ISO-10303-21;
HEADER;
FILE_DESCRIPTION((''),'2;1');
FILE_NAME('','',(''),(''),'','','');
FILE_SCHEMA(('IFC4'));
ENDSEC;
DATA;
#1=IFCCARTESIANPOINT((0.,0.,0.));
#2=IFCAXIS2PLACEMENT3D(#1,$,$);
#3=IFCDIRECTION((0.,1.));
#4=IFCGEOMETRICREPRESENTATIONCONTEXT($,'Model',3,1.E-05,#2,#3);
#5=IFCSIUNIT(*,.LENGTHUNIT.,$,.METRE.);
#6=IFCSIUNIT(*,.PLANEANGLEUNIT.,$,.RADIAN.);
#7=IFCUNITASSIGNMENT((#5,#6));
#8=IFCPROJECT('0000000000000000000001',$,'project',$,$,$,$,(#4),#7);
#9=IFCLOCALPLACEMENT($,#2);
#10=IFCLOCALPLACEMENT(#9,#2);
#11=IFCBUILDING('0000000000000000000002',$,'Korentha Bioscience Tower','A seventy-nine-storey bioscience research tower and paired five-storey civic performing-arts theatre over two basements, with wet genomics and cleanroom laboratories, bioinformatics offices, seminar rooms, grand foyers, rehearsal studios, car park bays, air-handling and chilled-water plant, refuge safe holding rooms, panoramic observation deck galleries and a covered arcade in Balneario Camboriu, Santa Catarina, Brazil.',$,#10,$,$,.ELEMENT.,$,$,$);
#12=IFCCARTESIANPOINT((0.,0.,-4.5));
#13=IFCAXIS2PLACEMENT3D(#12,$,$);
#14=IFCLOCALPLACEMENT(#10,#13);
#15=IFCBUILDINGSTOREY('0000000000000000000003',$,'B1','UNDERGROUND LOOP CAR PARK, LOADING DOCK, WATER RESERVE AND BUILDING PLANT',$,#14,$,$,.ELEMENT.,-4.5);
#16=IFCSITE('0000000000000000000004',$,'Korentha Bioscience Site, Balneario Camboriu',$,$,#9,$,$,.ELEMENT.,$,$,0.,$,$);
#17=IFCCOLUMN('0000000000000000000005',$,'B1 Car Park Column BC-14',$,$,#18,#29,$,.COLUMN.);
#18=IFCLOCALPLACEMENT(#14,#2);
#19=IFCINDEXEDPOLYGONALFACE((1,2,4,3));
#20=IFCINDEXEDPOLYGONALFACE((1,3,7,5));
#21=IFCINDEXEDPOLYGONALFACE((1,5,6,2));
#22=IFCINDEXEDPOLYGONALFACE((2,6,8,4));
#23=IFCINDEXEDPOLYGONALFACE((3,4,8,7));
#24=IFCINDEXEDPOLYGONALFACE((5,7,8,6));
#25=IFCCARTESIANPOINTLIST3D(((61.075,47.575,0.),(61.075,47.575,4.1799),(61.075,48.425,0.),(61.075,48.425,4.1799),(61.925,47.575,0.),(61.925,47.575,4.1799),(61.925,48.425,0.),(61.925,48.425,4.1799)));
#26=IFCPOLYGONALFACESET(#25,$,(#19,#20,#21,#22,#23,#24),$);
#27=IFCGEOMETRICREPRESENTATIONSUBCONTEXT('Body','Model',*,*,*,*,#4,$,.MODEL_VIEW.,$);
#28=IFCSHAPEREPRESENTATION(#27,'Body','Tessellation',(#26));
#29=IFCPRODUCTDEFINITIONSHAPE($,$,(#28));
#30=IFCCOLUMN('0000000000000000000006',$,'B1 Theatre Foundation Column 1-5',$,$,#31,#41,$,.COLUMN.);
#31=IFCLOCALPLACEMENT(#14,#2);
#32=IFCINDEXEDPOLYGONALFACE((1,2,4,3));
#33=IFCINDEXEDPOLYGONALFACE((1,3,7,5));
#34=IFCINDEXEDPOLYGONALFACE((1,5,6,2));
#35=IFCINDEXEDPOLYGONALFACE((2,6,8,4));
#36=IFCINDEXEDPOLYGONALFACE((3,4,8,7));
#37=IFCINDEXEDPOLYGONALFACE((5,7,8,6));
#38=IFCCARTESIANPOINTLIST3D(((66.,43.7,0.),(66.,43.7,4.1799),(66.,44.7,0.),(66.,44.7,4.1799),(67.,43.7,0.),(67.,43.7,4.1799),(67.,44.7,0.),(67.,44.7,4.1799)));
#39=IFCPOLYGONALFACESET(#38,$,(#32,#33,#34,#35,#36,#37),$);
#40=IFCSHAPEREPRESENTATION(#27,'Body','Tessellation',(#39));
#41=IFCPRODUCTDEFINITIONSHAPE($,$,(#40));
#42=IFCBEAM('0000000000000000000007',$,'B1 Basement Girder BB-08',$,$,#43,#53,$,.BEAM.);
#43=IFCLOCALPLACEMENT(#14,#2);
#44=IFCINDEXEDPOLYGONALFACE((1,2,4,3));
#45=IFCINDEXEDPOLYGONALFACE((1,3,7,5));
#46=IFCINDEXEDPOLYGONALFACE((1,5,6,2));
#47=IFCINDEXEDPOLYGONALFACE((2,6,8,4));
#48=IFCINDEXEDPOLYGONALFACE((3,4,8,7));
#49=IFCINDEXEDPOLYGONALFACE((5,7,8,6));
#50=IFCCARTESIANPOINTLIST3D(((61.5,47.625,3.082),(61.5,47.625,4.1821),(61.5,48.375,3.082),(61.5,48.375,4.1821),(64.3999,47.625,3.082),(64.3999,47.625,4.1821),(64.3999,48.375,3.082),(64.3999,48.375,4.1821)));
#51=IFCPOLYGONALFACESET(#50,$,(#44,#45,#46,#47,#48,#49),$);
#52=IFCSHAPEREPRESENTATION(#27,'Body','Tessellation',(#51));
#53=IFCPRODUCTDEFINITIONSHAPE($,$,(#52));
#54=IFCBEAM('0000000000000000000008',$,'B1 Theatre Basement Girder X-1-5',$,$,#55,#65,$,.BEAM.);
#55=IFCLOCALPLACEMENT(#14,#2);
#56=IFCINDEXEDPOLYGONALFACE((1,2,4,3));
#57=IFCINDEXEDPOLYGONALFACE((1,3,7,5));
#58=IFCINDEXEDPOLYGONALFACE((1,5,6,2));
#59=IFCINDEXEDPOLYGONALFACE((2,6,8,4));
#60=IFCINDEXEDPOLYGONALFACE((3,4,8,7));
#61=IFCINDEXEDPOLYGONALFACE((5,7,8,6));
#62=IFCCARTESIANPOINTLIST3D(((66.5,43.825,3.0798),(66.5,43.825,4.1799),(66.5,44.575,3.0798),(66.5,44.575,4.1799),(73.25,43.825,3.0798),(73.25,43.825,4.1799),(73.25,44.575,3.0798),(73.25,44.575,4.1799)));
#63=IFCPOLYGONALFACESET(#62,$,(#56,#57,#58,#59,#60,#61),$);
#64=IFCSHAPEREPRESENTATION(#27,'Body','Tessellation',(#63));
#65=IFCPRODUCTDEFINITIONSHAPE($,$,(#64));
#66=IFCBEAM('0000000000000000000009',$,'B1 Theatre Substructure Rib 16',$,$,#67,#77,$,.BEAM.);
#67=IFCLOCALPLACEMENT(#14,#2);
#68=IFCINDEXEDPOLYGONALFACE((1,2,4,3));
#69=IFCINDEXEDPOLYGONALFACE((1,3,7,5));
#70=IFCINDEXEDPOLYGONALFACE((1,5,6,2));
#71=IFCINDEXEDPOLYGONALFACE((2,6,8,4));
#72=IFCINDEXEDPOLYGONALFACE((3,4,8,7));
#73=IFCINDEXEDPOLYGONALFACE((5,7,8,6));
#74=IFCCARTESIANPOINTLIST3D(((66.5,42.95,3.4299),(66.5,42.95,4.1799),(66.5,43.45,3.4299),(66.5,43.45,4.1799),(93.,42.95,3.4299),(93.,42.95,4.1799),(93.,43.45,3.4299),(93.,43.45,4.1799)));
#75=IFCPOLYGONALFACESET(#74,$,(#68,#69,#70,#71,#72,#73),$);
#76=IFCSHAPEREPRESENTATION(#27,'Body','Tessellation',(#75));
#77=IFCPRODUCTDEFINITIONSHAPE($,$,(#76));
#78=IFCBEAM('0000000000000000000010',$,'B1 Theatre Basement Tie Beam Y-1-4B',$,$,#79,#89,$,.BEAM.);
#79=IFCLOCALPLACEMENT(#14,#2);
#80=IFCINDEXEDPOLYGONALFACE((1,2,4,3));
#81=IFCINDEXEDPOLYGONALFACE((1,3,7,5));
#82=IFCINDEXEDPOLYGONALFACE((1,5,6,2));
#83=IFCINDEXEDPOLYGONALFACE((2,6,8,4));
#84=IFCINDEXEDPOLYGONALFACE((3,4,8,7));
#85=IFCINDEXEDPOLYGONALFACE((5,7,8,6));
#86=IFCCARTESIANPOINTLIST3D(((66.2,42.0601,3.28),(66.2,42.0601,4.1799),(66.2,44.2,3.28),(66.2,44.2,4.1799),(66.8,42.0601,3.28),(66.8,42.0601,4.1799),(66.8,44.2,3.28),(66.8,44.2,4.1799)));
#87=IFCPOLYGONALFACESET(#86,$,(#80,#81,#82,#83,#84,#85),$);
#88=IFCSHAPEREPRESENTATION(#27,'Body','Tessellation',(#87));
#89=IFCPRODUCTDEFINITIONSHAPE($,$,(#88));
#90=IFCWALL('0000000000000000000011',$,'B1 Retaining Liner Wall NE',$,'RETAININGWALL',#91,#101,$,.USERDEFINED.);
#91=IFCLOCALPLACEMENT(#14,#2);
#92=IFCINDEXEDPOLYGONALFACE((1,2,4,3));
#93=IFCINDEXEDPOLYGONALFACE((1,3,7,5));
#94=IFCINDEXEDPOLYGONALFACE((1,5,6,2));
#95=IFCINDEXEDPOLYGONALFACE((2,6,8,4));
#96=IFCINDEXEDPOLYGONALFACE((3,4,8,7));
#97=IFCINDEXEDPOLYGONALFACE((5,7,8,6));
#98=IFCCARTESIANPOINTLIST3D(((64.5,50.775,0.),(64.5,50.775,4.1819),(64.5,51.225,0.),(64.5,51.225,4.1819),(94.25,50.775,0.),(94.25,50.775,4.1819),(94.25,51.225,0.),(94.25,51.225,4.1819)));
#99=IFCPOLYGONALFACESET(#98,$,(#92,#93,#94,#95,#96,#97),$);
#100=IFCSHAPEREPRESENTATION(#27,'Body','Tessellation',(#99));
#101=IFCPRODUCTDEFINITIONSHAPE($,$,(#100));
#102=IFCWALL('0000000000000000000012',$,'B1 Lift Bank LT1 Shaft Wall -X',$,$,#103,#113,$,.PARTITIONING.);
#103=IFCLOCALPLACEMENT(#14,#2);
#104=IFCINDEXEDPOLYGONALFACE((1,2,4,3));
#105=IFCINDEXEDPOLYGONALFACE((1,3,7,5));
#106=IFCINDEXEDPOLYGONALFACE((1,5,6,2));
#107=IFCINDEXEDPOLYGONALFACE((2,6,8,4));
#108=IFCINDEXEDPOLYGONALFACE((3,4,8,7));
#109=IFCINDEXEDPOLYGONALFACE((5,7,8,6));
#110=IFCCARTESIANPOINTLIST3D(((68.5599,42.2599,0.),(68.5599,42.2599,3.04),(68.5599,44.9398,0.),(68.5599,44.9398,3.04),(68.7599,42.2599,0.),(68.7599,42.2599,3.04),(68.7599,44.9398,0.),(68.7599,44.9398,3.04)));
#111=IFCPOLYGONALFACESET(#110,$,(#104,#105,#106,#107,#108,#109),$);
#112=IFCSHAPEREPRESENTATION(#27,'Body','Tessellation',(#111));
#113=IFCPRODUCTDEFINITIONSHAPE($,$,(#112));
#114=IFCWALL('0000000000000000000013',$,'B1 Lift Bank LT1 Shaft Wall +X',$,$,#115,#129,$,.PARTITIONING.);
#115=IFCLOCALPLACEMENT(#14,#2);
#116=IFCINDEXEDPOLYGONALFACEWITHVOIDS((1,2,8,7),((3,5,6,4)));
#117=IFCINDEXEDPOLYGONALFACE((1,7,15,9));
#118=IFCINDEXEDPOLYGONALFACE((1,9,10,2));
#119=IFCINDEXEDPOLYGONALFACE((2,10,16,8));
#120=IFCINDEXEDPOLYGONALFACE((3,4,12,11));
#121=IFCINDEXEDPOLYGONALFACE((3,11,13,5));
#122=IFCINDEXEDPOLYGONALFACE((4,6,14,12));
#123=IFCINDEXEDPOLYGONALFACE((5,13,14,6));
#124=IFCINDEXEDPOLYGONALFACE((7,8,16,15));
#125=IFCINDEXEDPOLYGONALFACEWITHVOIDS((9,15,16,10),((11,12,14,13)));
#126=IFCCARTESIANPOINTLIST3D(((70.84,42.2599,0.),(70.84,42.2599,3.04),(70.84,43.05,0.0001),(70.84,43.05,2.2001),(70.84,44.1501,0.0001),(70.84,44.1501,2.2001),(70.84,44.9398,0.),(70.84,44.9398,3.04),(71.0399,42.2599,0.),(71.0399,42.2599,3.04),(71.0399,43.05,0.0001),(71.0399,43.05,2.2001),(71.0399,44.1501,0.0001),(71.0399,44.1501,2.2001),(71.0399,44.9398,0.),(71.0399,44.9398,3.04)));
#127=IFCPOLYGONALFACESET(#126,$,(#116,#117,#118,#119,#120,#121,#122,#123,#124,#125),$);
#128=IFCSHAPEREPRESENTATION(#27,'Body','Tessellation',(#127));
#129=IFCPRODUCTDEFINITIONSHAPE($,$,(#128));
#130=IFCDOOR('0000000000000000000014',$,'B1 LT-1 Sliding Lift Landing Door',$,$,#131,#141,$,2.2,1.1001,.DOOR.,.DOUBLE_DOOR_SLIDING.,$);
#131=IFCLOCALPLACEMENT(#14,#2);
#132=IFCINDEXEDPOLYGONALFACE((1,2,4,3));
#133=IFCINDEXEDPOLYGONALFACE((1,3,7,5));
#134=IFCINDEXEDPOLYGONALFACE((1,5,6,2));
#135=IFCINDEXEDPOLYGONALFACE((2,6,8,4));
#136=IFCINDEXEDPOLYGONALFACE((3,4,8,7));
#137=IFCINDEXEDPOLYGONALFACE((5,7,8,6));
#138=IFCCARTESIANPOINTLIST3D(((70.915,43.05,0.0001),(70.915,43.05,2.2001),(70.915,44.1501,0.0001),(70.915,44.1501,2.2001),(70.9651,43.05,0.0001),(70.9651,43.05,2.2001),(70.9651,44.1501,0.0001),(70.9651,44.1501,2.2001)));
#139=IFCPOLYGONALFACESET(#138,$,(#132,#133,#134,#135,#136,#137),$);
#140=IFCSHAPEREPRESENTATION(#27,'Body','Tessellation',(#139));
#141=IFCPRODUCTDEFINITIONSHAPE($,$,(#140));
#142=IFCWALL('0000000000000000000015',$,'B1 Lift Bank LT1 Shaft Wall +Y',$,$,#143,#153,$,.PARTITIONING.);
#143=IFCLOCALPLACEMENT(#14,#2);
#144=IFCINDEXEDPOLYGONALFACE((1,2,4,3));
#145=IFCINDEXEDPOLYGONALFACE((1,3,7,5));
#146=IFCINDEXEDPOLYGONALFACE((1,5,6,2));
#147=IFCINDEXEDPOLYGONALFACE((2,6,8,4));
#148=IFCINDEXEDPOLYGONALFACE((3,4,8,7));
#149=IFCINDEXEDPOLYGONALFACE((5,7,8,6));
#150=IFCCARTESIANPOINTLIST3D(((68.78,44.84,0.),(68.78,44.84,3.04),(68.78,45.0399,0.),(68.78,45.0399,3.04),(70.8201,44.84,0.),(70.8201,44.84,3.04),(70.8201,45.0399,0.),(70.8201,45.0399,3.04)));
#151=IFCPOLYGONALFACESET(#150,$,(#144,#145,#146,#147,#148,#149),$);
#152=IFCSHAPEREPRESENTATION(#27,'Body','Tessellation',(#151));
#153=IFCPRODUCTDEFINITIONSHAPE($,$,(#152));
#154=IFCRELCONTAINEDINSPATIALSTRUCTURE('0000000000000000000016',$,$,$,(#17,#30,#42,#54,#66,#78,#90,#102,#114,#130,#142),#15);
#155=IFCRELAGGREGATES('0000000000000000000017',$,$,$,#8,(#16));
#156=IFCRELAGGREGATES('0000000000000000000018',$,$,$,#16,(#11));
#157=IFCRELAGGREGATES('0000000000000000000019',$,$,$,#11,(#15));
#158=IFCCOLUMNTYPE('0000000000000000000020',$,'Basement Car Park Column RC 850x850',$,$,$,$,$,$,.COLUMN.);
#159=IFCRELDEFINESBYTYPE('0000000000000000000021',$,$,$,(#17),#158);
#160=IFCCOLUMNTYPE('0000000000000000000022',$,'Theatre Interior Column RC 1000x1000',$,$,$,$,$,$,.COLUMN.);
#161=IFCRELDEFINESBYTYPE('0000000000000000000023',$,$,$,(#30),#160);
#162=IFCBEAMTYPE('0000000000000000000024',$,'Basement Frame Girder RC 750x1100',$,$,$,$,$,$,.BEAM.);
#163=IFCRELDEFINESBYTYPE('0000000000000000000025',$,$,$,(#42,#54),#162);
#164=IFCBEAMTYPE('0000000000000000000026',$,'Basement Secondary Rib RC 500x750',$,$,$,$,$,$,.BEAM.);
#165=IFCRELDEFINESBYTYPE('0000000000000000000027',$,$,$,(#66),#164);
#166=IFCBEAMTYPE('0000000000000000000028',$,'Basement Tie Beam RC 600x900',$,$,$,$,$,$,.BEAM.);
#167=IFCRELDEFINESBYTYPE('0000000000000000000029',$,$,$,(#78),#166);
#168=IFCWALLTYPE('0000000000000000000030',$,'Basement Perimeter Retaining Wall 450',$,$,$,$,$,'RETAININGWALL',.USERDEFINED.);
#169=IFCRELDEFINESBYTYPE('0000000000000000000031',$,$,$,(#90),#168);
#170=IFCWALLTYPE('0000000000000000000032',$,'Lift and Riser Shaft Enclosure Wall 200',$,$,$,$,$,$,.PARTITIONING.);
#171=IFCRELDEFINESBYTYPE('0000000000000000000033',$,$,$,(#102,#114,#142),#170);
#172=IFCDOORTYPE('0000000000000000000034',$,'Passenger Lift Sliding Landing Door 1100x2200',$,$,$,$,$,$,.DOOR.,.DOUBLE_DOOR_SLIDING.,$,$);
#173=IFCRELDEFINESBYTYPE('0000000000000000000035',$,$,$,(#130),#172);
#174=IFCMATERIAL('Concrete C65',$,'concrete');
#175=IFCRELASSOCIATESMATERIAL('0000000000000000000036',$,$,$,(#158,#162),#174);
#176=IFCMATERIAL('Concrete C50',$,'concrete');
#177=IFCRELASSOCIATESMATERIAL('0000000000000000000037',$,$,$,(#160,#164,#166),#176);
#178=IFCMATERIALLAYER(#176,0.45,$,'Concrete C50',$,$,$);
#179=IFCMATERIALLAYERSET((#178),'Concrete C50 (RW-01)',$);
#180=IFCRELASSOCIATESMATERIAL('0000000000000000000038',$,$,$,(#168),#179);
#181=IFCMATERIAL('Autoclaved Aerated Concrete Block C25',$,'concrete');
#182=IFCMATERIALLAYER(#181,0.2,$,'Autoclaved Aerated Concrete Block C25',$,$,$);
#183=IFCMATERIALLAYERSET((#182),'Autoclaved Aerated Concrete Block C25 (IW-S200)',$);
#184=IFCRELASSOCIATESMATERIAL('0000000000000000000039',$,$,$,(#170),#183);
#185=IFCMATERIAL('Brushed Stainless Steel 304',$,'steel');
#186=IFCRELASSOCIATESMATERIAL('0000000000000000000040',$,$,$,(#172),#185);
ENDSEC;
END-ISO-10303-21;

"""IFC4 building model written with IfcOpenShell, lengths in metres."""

from ifc_helpers import new_model, si_unit, direction, frame, frame_2d, origin, origin_2d, place, context, subcontext, project, spatial, rectangle, extrude, material, layer, layer_set, material_profile, profile_set, type_object, element, fill, save


model = new_model("IFC4")

# Units and contexts
model_context = context("Model", 3, precision=1e-05, world=origin(), true_north=direction((0.0, 1.0)))
body_context = subcontext(model_context, "Body", "Model", "MODEL_VIEW")
ifc_project = project(units=[si_unit("LENGTHUNIT", "METRE"), si_unit("PLANEANGLEUNIT", "RADIAN")], contexts=[model_context])

# Site, building, storey
site_placement = place(None, origin())
site = spatial("IfcSite", under=ifc_project, at=site_placement, Name="Korentha Bioscience Site, Balneario Camboriu", CompositionType="ELEMENT", RefElevation=0.0)
building_placement = place(site_placement, origin())
building = spatial("IfcBuilding", under=site, at=building_placement, Name="Korentha Bioscience Tower", Description="A seventy-nine-storey bioscience research tower and paired five-storey civic performing-arts theatre over two basements, with wet genomics and cleanroom laboratories, bioinformatics offices, seminar rooms, grand foyers, rehearsal studios, car park bays, air-handling and chilled-water plant, refuge safe holding rooms, panoramic observation deck galleries and a covered arcade in Balneario Camboriu, Santa Catarina, Brazil.", CompositionType="ELEMENT")
storey_placement = place(building_placement, frame((0.0, 0.0, -4.5)))
storey = spatial("IfcBuildingStorey", under=building, at=storey_placement, Name="B1", Description="UNDERGROUND LOOP CAR PARK, LOADING DOCK, WATER RESERVE AND BUILDING PLANT", CompositionType="ELEMENT", Elevation=-4.5)

# Columns
ifc_material_1 = material(Name="Concrete C65", Category="concrete")
ifc_material_profile_1 = material_profile(ifc_material_1, rectangle(XDim=0.8501, YDim=0.8501, at=origin_2d()), Name="Concrete C65")
ifc_profile_set_1 = profile_set([ifc_material_profile_1], Name="Concrete C65 (BC-01)")
column_type_1 = type_object("IfcColumnType", Name="Basement Car Park Column RC 850x850", PredefinedType="COLUMN", material=ifc_profile_set_1)
column_1_placement = place(storey_placement, frame((61.5, 48.0, 0.0), z_axis=(0.0, 0.0, 1.0), x_axis=(1.0, 0.0, 0.0)))
element("IfcColumn", 1, at=column_1_placement, inside=storey, type_object=column_type_1, Name="B1 Car Park Column BC-14", PredefinedType="COLUMN", context=body_context, shape_type="SweptSolid", body=[
    extrude(rectangle(XDim=0.8501, YDim=0.8501, at=origin_2d()), origin(), (0.0, 0.0, 1.0), 4.1799),
])
ifc_material_2 = material(Name="Concrete C50", Category="concrete")
ifc_material_profile_2 = material_profile(ifc_material_2, rectangle(XDim=1.0, YDim=1.0, at=origin_2d()), Name="Concrete C50")
ifc_profile_set_2 = profile_set([ifc_material_profile_2], Name="Concrete C50 (TC-I01)")
column_type_2 = type_object("IfcColumnType", Name="Theatre Interior Column RC 1000x1000", PredefinedType="COLUMN", material=ifc_profile_set_2)
column_2_placement = place(storey_placement, frame((66.5, 44.2, 0.0), z_axis=(0.0, 0.0, 1.0), x_axis=(1.0, 0.0, 0.0)))
element("IfcColumn", 2, at=column_2_placement, inside=storey, type_object=column_type_2, Name="B1 Theatre Foundation Column 1-5", PredefinedType="COLUMN", context=body_context, shape_type="SweptSolid", body=[
    extrude(rectangle(XDim=1.0, YDim=1.0, at=origin_2d()), origin(), (0.0, 0.0, 1.0), 4.1799),
])

# Beams
ifc_material_profile_3 = material_profile(ifc_material_1, rectangle(XDim=0.75, YDim=1.1001, at=origin_2d()), Name="Concrete C65")
ifc_profile_set_3 = profile_set([ifc_material_profile_3], Name="Concrete C65 (BB-750)")
beam_type_1 = type_object("IfcBeamType", Name="Basement Frame Girder RC 750x1100", PredefinedType="BEAM", material=ifc_profile_set_3)
beam_1_placement = place(storey_placement, frame((61.5, 48.0, 3.6321), z_axis=(1.0, 0.0, 0.0), x_axis=(0.0, 1.0, 0.0)))
element("IfcBeam", 3, at=beam_1_placement, inside=storey, type_object=beam_type_1, Name="B1 Basement Girder BB-08", PredefinedType="BEAM", context=body_context, shape_type="SweptSolid", body=[
    extrude(rectangle(XDim=0.75, YDim=1.1001, at=origin_2d()), origin(), (0.0, 0.0, 1.0), 2.8999),
])
beam_2_placement = place(storey_placement, frame((66.5, 44.2, 3.6299), z_axis=(1.0, 0.0, 0.0), x_axis=(0.0, 1.0, 0.0)))
element("IfcBeam", 4, at=beam_2_placement, inside=storey, type_object=beam_type_1, Name="B1 Theatre Basement Girder X-1-5", PredefinedType="BEAM", context=body_context, shape_type="SweptSolid", body=[
    extrude(rectangle(XDim=0.75, YDim=1.1001, at=origin_2d()), origin(), (0.0, 0.0, 1.0), 6.75),
])
ifc_material_profile_4 = material_profile(ifc_material_2, rectangle(XDim=0.5, YDim=0.75, at=origin_2d()), Name="Concrete C50")
ifc_profile_set_4 = profile_set([ifc_material_profile_4], Name="Concrete C50 (BB-500)")
beam_type_2 = type_object("IfcBeamType", Name="Basement Secondary Rib RC 500x750", PredefinedType="BEAM", material=ifc_profile_set_4)
beam_3_placement = place(storey_placement, frame((66.5, 43.2, 3.8049), z_axis=(1.0, 0.0, 0.0), x_axis=(0.0, 1.0, 0.0)))
element("IfcBeam", 5, at=beam_3_placement, inside=storey, type_object=beam_type_2, Name="B1 Theatre Substructure Rib 16", PredefinedType="BEAM", context=body_context, shape_type="SweptSolid", body=[
    extrude(rectangle(XDim=0.5, YDim=0.75, at=origin_2d()), origin(), (0.0, 0.0, 1.0), 26.5),
])
ifc_material_profile_5 = material_profile(ifc_material_2, rectangle(XDim=0.6001, YDim=0.8999, at=origin_2d()), Name="Concrete C50")
ifc_profile_set_5 = profile_set([ifc_material_profile_5], Name="Concrete C50 (BB-600)")
beam_type_3 = type_object("IfcBeamType", Name="Basement Tie Beam RC 600x900", PredefinedType="BEAM", material=ifc_profile_set_5)
beam_4_placement = place(storey_placement, frame((66.5, 42.0601, 3.73), z_axis=(0.0, 1.0, 0.0), x_axis=(-1.0, 0.0, 0.0)))
element("IfcBeam", 6, at=beam_4_placement, inside=storey, type_object=beam_type_3, Name="B1 Theatre Basement Tie Beam Y-1-4B", PredefinedType="BEAM", context=body_context, shape_type="SweptSolid", body=[
    extrude(rectangle(XDim=0.6001, YDim=0.8999, at=origin_2d()), origin(), (0.0, 0.0, 1.0), 2.1399),
])

# Walls
ifc_layer_1 = layer(ifc_material_2, 0.45, Name="Concrete C50")
ifc_layer_set_1 = layer_set([ifc_layer_1], Name="Concrete C50 (RW-01)")
wall_type_1 = type_object("IfcWallType", Name="Basement Perimeter Retaining Wall 450", ElementType="RETAININGWALL", PredefinedType="USERDEFINED", material=ifc_layer_set_1)
wall_1_placement = place(storey_placement, frame((64.5, 51.0, 0.0), z_axis=(0.0, 0.0, 1.0), x_axis=(1.0, 0.0, 0.0)))
element("IfcWall", 7, at=wall_1_placement, inside=storey, type_object=wall_type_1, Name="B1 Retaining Liner Wall NE", ObjectType="RETAININGWALL", PredefinedType="USERDEFINED", context=body_context, shape_type="SweptSolid", body=[
    extrude(rectangle(XDim=29.75, YDim=0.45, at=frame_2d((14.875, 0.0))), origin(), (0.0, 0.0, 1.0), 4.1819),
])
ifc_material_3 = material(Name="Autoclaved Aerated Concrete Block C25", Category="concrete")
ifc_layer_2 = layer(ifc_material_3, 0.2, Name="Autoclaved Aerated Concrete Block C25")
ifc_layer_set_2 = layer_set([ifc_layer_2], Name="Autoclaved Aerated Concrete Block C25 (IW-S200)")
wall_type_2 = type_object("IfcWallType", Name="Lift and Riser Shaft Enclosure Wall 200", PredefinedType="PARTITIONING", material=ifc_layer_set_2)
wall_2_placement = place(storey_placement, frame((68.6599, 42.26, 0.0), z_axis=(0.0, 0.0, 1.0), x_axis=(0.0, 1.0, 0.0)))
element("IfcWall", 8, at=wall_2_placement, inside=storey, type_object=wall_type_2, Name="B1 Lift Bank LT1 Shaft Wall -X", PredefinedType="PARTITIONING", context=body_context, shape_type="SweptSolid", body=[
    extrude(rectangle(XDim=2.6799, YDim=0.2, at=frame_2d((1.3398, 0.0))), origin(), (0.0, 0.0, 1.0), 3.04),
])

# Wall, opening, door
wall_3_placement = place(storey_placement, frame((70.9399, 42.26, 0.0), z_axis=(0.0, 0.0, 1.0), x_axis=(0.0, 1.0, 0.0)))
wall_3 = element("IfcWall", 9, at=wall_3_placement, inside=storey, type_object=wall_type_2, Name="B1 Lift Bank LT1 Shaft Wall +X", PredefinedType="PARTITIONING", context=body_context, shape_type="SweptSolid", body=[
    extrude(rectangle(XDim=2.6799, YDim=0.2, at=frame_2d((1.3398, 0.0))), origin(), (0.0, 0.0, 1.0), 3.04),
])
opening_1_placement = place(wall_3_placement, frame((0.79, 0.0, 0.0)))
opening_1 = element("IfcOpeningElement", 10, at=opening_1_placement, cuts=wall_3, PredefinedType="OPENING", context=body_context, shape_type="SweptSolid", body=[
    extrude(rectangle(XDim=1.1001, YDim=2.2, at=frame_2d((0.55, 1.1001))), frame((0.0, 0.1147, 0.0), z_axis=(0.0, -1.0, 0.0), x_axis=(1.0, 0.0, 0.0)), (0.0, 0.0, 1.0), 0.2297),
])
ifc_material_4 = material(Name="Brushed Stainless Steel 304", Category="steel")
door_type_1 = type_object("IfcDoorType", Name="Passenger Lift Sliding Landing Door 1100x2200", OperationType="DOUBLE_DOOR_SLIDING", PredefinedType="DOOR", material=ifc_material_4)
door_1_placement = place(opening_1_placement, origin())
door_1 = element("IfcDoor", 11, at=door_1_placement, inside=storey, type_object=door_type_1, Name="B1 LT-1 Sliding Lift Landing Door", OperationType="DOUBLE_DOOR_SLIDING", OverallHeight=2.2, OverallWidth=1.1001, PredefinedType="DOOR", context=body_context, shape_type="SweptSolid", body=[
    extrude(rectangle(XDim=1.1001, YDim=2.2, at=frame_2d((0.55, 1.1001))), frame((0.0, 0.0249, 0.0), z_axis=(0.0, -1.0, 0.0), x_axis=(1.0, 0.0, 0.0)), (0.0, 0.0, 1.0), 0.05),
])
fill(opening_1, door_1)

# Wall
wall_4_placement = place(storey_placement, frame((68.78, 44.9399, 0.0), z_axis=(0.0, 0.0, 1.0), x_axis=(1.0, 0.0, 0.0)))
element("IfcWall", 12, at=wall_4_placement, inside=storey, type_object=wall_type_2, Name="B1 Lift Bank LT1 Shaft Wall +Y", PredefinedType="PARTITIONING", context=body_context, shape_type="SweptSolid", body=[
    extrude(rectangle(XDim=2.04, YDim=0.2, at=frame_2d((1.02, 0.0))), origin(), (0.0, 0.0, 1.0), 3.04),
])

save(model, "model.ifc")
